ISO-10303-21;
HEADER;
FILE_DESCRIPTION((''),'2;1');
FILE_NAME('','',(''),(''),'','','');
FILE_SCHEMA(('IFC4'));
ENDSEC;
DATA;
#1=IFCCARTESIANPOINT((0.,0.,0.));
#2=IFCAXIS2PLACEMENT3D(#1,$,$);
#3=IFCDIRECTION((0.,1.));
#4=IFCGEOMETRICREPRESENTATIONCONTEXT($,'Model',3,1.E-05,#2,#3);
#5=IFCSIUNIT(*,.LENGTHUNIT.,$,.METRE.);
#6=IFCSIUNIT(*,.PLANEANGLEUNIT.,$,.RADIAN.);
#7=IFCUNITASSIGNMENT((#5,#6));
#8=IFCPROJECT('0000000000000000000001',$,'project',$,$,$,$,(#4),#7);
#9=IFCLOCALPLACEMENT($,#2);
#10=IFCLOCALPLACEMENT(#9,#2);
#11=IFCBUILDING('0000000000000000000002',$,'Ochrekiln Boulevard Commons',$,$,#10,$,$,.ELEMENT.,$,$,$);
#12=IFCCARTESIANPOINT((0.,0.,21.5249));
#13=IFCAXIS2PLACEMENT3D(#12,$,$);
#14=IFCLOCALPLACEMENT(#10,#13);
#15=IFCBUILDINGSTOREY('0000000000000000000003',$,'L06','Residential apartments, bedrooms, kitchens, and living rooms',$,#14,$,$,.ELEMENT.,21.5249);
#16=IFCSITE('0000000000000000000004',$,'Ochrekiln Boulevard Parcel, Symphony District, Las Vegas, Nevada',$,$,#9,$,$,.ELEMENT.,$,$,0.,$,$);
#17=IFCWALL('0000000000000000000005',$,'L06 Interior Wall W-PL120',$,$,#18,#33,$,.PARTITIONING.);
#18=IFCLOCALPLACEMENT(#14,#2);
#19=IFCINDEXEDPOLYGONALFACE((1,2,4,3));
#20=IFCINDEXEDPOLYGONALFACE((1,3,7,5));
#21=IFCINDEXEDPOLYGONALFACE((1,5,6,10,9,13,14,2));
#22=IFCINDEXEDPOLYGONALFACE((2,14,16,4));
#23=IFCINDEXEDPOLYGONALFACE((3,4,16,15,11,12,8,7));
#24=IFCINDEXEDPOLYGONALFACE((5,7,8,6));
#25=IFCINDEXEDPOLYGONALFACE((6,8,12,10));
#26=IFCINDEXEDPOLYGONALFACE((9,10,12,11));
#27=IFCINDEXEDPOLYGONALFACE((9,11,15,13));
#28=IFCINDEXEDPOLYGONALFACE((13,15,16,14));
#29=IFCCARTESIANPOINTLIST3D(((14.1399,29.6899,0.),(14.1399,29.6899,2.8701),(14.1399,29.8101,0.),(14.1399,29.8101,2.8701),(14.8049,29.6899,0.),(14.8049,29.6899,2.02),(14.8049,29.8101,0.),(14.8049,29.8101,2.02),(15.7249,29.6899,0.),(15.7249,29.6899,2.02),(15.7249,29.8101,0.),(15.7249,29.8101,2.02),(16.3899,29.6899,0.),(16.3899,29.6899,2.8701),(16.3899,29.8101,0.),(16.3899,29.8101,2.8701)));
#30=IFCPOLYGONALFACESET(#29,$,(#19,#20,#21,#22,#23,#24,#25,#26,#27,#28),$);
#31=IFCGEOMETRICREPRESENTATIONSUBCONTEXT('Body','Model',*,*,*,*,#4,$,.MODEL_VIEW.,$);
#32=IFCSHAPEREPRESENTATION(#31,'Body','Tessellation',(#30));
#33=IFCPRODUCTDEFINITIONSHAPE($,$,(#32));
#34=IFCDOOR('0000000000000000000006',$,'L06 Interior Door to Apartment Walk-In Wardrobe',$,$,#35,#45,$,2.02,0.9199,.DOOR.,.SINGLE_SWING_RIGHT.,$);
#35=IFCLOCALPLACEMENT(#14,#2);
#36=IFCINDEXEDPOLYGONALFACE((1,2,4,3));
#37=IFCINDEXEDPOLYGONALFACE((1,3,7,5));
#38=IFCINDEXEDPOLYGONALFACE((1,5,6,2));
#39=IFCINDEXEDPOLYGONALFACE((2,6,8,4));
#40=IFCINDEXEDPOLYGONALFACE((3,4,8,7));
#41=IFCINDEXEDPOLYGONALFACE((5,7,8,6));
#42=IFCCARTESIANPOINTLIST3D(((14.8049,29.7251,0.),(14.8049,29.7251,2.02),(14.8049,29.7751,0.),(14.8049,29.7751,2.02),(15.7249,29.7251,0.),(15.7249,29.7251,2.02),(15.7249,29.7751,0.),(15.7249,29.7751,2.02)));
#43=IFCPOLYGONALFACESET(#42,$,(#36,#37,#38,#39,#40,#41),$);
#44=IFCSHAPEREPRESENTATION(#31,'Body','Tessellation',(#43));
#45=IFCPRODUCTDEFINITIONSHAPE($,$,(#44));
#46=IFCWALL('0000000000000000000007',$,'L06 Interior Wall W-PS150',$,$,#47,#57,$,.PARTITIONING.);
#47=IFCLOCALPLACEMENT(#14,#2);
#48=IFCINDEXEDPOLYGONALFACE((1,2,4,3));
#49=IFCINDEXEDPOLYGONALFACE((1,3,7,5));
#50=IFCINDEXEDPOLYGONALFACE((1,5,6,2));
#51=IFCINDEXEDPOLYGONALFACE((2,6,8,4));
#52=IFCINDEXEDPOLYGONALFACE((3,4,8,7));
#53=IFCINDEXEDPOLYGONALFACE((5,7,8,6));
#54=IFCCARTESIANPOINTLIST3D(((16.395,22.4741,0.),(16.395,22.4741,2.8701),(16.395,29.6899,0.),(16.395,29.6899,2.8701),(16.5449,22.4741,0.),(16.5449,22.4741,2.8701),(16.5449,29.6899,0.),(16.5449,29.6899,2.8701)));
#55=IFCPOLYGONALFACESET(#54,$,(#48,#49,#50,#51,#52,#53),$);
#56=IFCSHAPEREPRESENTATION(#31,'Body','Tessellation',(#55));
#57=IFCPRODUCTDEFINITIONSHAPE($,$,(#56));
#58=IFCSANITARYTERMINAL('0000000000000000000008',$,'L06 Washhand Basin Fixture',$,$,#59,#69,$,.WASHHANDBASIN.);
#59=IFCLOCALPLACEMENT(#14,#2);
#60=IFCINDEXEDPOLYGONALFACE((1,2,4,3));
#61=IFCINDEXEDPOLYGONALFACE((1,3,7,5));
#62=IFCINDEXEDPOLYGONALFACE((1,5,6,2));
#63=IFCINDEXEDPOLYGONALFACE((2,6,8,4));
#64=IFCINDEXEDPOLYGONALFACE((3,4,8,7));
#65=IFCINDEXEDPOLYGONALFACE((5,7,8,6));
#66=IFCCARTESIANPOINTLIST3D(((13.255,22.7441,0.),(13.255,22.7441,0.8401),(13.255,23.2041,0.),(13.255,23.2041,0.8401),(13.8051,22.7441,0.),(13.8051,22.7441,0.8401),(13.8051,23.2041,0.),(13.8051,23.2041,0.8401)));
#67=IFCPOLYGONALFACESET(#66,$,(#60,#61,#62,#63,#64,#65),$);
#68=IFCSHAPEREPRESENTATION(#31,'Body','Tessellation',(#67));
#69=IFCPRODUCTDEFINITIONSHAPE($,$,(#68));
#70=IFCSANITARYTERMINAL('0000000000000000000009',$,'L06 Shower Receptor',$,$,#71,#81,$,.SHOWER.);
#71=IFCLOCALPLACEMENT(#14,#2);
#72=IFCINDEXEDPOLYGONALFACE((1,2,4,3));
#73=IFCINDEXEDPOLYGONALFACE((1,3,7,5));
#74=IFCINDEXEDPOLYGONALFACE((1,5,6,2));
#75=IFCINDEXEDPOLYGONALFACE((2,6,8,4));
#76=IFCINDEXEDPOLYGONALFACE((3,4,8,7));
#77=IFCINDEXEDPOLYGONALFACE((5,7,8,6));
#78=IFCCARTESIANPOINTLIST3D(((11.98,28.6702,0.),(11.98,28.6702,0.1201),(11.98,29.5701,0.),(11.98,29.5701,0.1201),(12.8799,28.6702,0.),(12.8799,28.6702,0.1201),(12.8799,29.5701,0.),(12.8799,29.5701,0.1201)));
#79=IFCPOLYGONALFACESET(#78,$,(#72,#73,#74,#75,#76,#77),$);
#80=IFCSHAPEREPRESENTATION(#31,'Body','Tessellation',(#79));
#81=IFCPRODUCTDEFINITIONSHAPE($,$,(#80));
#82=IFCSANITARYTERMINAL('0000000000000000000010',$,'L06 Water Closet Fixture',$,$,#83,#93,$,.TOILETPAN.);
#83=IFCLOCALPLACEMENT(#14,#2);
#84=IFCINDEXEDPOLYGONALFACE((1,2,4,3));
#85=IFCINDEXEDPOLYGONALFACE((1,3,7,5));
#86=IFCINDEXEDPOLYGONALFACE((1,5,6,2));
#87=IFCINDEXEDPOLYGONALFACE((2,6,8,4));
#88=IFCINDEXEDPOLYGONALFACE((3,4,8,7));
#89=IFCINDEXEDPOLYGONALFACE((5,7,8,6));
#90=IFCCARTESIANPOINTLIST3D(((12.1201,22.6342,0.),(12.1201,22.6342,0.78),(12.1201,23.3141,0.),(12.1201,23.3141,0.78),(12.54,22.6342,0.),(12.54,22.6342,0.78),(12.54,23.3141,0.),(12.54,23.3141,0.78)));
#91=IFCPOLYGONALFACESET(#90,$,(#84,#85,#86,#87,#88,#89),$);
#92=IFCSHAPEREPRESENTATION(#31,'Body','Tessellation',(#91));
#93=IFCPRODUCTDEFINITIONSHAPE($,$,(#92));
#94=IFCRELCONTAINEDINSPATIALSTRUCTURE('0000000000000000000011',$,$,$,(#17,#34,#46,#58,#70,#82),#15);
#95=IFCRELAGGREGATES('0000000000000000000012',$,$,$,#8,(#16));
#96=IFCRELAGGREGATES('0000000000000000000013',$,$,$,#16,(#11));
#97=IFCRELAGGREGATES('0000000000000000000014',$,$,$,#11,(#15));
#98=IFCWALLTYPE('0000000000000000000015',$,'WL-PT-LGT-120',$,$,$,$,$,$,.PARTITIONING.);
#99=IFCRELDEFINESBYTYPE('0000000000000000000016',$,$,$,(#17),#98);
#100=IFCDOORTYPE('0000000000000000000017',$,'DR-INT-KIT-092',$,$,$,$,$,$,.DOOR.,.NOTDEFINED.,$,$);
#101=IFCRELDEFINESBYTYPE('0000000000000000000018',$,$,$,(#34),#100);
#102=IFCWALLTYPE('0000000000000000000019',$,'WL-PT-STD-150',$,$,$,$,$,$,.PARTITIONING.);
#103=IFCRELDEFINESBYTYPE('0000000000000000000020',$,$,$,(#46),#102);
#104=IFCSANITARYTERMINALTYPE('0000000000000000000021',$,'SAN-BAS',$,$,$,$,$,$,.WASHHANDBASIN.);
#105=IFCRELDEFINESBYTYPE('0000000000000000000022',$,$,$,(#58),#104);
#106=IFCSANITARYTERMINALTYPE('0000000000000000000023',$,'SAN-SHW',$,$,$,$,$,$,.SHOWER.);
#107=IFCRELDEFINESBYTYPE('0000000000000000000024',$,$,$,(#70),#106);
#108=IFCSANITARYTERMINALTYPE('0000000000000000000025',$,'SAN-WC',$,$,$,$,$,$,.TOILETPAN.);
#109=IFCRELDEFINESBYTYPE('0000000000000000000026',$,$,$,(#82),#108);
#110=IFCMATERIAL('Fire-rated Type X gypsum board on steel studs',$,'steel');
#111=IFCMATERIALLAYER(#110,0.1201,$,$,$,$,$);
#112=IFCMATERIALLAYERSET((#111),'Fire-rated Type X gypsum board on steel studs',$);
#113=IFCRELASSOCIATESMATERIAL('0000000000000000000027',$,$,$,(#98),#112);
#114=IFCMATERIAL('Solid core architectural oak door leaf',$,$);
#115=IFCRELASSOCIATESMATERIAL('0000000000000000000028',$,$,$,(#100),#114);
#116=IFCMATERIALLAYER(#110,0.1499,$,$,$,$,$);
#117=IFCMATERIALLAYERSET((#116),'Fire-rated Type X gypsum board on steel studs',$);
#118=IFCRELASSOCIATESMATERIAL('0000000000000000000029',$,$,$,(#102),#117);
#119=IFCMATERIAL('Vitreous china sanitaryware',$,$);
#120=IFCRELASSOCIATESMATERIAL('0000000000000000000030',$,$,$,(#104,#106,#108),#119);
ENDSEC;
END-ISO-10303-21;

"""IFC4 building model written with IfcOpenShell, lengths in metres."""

from ifc_helpers import new_model, si_unit, direction, frame, frame_2d, origin, origin_2d, place, context, subcontext, project, spatial, rectangle, extrude, material, layer, layer_set, type_object, element, fill, save


model = new_model("IFC4")

# Units and contexts
model_context = context("Model", 3, precision=1e-05, world=origin(), true_north=direction((0.0, 1.0)))
body_context = subcontext(model_context, "Body", "Model", "MODEL_VIEW")
ifc_project = project(units=[si_unit("LENGTHUNIT", "METRE"), si_unit("PLANEANGLEUNIT", "RADIAN")], contexts=[model_context])

# Site, building, storey
site_placement = place(None, origin())
site = spatial("IfcSite", under=ifc_project, at=site_placement, Name="Ochrekiln Boulevard Parcel, Symphony District, Las Vegas, Nevada", CompositionType="ELEMENT", RefElevation=0.0)
building_placement = place(site_placement, origin())
building = spatial("IfcBuilding", under=site, at=building_placement, Name="Ochrekiln Boulevard Commons", CompositionType="ELEMENT")
storey_placement = place(building_placement, frame((0.0, 0.0, 21.5249)))
storey = spatial("IfcBuildingStorey", under=building, at=storey_placement, Name="L06", Description="Residential apartments, bedrooms, kitchens, and living rooms", CompositionType="ELEMENT", Elevation=21.5249)

# Shared definitions
ifc_material_1 = material(Name="Solid core architectural oak door leaf")

# Shared definitions
ifc_material_2 = material(Name="Fire-rated Type X gypsum board on steel studs", Category="steel")

# Wall, opening, door
ifc_layer_1 = layer(ifc_material_2, 0.1201)
ifc_layer_set_1 = layer_set([ifc_layer_1], Name="Fire-rated Type X gypsum board on steel studs")
wall_type_1 = type_object("IfcWallType", Name="WL-PT-LGT-120", PredefinedType="PARTITIONING", material=ifc_layer_set_1)
wall_1_placement = place(storey_placement, frame((14.1399, 29.75, 0.0), z_axis=(0.0, 0.0, 1.0), x_axis=(1.0, 0.0, 0.0)))
wall_1 = element("IfcWall", 1, at=wall_1_placement, inside=storey, type_object=wall_type_1, Name="L06 Interior Wall W-PL120", PredefinedType="PARTITIONING", context=body_context, shape_type="SweptSolid", body=[
    extrude(rectangle(XDim=2.25, YDim=0.1201, at=frame_2d((1.125, 0.0))), origin(), (0.0, 0.0, 1.0), 2.8701),
])
opening_1_placement = place(wall_1_placement, frame((0.665, 0.0, 0.0)))
opening_1 = element("IfcOpeningElement", 2, at=opening_1_placement, cuts=wall_1, PredefinedType="OPENING", context=body_context, shape_type="SweptSolid", body=[
    extrude(rectangle(XDim=0.9199, YDim=2.02, at=frame_2d((0.46, 1.01))), frame((0.0, 0.0701, 0.0), z_axis=(0.0, -1.0, 0.0), x_axis=(1.0, 0.0, 0.0)), (0.0, 0.0, 1.0), 0.1401),
])
door_type_1 = type_object("IfcDoorType", Name="DR-INT-KIT-092", OperationType="NOTDEFINED", PredefinedType="DOOR", material=ifc_material_1)
door_1_placement = place(opening_1_placement, frame((0.9199, 0.0, 0.0), z_axis=(0.0, 0.0, 1.0), x_axis=(-1.0, 0.0, 0.0)))
door_1 = element("IfcDoor", 3, at=door_1_placement, inside=storey, type_object=door_type_1, Name="L06 Interior Door to Apartment Walk-In Wardrobe", OperationType="SINGLE_SWING_RIGHT", OverallHeight=2.02, OverallWidth=0.9199, PredefinedType="DOOR", context=body_context, shape_type="SweptSolid", body=[
    extrude(rectangle(XDim=0.9199, YDim=2.02, at=frame_2d((0.46, 1.01))), frame((0.0, 0.0249, 0.0), z_axis=(0.0, -1.0, 0.0), x_axis=(1.0, 0.0, 0.0)), (0.0, 0.0, 1.0), 0.05),
])
fill(opening_1, door_1)

# Wall
ifc_layer_2 = layer(ifc_material_2, 0.1499)
ifc_layer_set_2 = layer_set([ifc_layer_2], Name="Fire-rated Type X gypsum board on steel studs")
wall_type_2 = type_object("IfcWallType", Name="WL-PT-STD-150", PredefinedType="PARTITIONING", material=ifc_layer_set_2)
wall_2_placement = place(storey_placement, frame((16.47, 22.4741, 0.0), z_axis=(0.0, 0.0, 1.0), x_axis=(0.0, 1.0, 0.0)))
element("IfcWall", 4, at=wall_2_placement, inside=storey, type_object=wall_type_2, Name="L06 Interior Wall W-PS150", PredefinedType="PARTITIONING", context=body_context, shape_type="SweptSolid", body=[
    extrude(rectangle(XDim=7.2158, YDim=0.1499, at=frame_2d((3.6079, 0.0))), origin(), (0.0, 0.0, 1.0), 2.8701),
])

# Sanitary terminals
ifc_material_3 = material(Name="Vitreous china sanitaryware")
sanitary_terminal_type_1 = type_object("IfcSanitaryTerminalType", Name="SAN-BAS", PredefinedType="WASHHANDBASIN", material=ifc_material_3)
sanitary_terminal_1_placement = place(storey_placement, frame((13.53, 22.9741, 0.0), z_axis=(0.0, 0.0, 1.0), x_axis=(1.0, 0.0, 0.0)))
element("IfcSanitaryTerminal", 5, at=sanitary_terminal_1_placement, inside=storey, type_object=sanitary_terminal_type_1, Name="L06 Washhand Basin Fixture", PredefinedType="WASHHANDBASIN", context=body_context, shape_type="SweptSolid", body=[
    extrude(rectangle(XDim=0.55, YDim=0.46, at=origin_2d()), origin(), (0.0, 0.0, 1.0), 0.8401),
])
sanitary_terminal_type_2 = type_object("IfcSanitaryTerminalType", Name="SAN-SHW", PredefinedType="SHOWER", material=ifc_material_3)
sanitary_terminal_2_placement = place(storey_placement, frame((12.4299, 29.1201, 0.0), z_axis=(0.0, 0.0, 1.0), x_axis=(1.0, 0.0, 0.0)))
element("IfcSanitaryTerminal", 6, at=sanitary_terminal_2_placement, inside=storey, type_object=sanitary_terminal_type_2, Name="L06 Shower Receptor", PredefinedType="SHOWER", context=body_context, shape_type="SweptSolid", body=[
    extrude(rectangle(XDim=0.8999, YDim=0.8999, at=origin_2d()), origin(), (0.0, 0.0, 1.0), 0.1201),
])
sanitary_terminal_type_3 = type_object("IfcSanitaryTerminalType", Name="SAN-WC", PredefinedType="TOILETPAN", material=ifc_material_3)
sanitary_terminal_3_placement = place(storey_placement, frame((12.3301, 22.9741, 0.0), z_axis=(0.0, 0.0, 1.0), x_axis=(1.0, 0.0, 0.0)))
element("IfcSanitaryTerminal", 7, at=sanitary_terminal_3_placement, inside=storey, type_object=sanitary_terminal_type_3, Name="L06 Water Closet Fixture", PredefinedType="TOILETPAN", context=body_context, shape_type="SweptSolid", body=[
    extrude(rectangle(XDim=0.4199, YDim=0.6799, at=origin_2d()), origin(), (0.0, 0.0, 1.0), 0.78),
])

save(model, "model.ifc")
